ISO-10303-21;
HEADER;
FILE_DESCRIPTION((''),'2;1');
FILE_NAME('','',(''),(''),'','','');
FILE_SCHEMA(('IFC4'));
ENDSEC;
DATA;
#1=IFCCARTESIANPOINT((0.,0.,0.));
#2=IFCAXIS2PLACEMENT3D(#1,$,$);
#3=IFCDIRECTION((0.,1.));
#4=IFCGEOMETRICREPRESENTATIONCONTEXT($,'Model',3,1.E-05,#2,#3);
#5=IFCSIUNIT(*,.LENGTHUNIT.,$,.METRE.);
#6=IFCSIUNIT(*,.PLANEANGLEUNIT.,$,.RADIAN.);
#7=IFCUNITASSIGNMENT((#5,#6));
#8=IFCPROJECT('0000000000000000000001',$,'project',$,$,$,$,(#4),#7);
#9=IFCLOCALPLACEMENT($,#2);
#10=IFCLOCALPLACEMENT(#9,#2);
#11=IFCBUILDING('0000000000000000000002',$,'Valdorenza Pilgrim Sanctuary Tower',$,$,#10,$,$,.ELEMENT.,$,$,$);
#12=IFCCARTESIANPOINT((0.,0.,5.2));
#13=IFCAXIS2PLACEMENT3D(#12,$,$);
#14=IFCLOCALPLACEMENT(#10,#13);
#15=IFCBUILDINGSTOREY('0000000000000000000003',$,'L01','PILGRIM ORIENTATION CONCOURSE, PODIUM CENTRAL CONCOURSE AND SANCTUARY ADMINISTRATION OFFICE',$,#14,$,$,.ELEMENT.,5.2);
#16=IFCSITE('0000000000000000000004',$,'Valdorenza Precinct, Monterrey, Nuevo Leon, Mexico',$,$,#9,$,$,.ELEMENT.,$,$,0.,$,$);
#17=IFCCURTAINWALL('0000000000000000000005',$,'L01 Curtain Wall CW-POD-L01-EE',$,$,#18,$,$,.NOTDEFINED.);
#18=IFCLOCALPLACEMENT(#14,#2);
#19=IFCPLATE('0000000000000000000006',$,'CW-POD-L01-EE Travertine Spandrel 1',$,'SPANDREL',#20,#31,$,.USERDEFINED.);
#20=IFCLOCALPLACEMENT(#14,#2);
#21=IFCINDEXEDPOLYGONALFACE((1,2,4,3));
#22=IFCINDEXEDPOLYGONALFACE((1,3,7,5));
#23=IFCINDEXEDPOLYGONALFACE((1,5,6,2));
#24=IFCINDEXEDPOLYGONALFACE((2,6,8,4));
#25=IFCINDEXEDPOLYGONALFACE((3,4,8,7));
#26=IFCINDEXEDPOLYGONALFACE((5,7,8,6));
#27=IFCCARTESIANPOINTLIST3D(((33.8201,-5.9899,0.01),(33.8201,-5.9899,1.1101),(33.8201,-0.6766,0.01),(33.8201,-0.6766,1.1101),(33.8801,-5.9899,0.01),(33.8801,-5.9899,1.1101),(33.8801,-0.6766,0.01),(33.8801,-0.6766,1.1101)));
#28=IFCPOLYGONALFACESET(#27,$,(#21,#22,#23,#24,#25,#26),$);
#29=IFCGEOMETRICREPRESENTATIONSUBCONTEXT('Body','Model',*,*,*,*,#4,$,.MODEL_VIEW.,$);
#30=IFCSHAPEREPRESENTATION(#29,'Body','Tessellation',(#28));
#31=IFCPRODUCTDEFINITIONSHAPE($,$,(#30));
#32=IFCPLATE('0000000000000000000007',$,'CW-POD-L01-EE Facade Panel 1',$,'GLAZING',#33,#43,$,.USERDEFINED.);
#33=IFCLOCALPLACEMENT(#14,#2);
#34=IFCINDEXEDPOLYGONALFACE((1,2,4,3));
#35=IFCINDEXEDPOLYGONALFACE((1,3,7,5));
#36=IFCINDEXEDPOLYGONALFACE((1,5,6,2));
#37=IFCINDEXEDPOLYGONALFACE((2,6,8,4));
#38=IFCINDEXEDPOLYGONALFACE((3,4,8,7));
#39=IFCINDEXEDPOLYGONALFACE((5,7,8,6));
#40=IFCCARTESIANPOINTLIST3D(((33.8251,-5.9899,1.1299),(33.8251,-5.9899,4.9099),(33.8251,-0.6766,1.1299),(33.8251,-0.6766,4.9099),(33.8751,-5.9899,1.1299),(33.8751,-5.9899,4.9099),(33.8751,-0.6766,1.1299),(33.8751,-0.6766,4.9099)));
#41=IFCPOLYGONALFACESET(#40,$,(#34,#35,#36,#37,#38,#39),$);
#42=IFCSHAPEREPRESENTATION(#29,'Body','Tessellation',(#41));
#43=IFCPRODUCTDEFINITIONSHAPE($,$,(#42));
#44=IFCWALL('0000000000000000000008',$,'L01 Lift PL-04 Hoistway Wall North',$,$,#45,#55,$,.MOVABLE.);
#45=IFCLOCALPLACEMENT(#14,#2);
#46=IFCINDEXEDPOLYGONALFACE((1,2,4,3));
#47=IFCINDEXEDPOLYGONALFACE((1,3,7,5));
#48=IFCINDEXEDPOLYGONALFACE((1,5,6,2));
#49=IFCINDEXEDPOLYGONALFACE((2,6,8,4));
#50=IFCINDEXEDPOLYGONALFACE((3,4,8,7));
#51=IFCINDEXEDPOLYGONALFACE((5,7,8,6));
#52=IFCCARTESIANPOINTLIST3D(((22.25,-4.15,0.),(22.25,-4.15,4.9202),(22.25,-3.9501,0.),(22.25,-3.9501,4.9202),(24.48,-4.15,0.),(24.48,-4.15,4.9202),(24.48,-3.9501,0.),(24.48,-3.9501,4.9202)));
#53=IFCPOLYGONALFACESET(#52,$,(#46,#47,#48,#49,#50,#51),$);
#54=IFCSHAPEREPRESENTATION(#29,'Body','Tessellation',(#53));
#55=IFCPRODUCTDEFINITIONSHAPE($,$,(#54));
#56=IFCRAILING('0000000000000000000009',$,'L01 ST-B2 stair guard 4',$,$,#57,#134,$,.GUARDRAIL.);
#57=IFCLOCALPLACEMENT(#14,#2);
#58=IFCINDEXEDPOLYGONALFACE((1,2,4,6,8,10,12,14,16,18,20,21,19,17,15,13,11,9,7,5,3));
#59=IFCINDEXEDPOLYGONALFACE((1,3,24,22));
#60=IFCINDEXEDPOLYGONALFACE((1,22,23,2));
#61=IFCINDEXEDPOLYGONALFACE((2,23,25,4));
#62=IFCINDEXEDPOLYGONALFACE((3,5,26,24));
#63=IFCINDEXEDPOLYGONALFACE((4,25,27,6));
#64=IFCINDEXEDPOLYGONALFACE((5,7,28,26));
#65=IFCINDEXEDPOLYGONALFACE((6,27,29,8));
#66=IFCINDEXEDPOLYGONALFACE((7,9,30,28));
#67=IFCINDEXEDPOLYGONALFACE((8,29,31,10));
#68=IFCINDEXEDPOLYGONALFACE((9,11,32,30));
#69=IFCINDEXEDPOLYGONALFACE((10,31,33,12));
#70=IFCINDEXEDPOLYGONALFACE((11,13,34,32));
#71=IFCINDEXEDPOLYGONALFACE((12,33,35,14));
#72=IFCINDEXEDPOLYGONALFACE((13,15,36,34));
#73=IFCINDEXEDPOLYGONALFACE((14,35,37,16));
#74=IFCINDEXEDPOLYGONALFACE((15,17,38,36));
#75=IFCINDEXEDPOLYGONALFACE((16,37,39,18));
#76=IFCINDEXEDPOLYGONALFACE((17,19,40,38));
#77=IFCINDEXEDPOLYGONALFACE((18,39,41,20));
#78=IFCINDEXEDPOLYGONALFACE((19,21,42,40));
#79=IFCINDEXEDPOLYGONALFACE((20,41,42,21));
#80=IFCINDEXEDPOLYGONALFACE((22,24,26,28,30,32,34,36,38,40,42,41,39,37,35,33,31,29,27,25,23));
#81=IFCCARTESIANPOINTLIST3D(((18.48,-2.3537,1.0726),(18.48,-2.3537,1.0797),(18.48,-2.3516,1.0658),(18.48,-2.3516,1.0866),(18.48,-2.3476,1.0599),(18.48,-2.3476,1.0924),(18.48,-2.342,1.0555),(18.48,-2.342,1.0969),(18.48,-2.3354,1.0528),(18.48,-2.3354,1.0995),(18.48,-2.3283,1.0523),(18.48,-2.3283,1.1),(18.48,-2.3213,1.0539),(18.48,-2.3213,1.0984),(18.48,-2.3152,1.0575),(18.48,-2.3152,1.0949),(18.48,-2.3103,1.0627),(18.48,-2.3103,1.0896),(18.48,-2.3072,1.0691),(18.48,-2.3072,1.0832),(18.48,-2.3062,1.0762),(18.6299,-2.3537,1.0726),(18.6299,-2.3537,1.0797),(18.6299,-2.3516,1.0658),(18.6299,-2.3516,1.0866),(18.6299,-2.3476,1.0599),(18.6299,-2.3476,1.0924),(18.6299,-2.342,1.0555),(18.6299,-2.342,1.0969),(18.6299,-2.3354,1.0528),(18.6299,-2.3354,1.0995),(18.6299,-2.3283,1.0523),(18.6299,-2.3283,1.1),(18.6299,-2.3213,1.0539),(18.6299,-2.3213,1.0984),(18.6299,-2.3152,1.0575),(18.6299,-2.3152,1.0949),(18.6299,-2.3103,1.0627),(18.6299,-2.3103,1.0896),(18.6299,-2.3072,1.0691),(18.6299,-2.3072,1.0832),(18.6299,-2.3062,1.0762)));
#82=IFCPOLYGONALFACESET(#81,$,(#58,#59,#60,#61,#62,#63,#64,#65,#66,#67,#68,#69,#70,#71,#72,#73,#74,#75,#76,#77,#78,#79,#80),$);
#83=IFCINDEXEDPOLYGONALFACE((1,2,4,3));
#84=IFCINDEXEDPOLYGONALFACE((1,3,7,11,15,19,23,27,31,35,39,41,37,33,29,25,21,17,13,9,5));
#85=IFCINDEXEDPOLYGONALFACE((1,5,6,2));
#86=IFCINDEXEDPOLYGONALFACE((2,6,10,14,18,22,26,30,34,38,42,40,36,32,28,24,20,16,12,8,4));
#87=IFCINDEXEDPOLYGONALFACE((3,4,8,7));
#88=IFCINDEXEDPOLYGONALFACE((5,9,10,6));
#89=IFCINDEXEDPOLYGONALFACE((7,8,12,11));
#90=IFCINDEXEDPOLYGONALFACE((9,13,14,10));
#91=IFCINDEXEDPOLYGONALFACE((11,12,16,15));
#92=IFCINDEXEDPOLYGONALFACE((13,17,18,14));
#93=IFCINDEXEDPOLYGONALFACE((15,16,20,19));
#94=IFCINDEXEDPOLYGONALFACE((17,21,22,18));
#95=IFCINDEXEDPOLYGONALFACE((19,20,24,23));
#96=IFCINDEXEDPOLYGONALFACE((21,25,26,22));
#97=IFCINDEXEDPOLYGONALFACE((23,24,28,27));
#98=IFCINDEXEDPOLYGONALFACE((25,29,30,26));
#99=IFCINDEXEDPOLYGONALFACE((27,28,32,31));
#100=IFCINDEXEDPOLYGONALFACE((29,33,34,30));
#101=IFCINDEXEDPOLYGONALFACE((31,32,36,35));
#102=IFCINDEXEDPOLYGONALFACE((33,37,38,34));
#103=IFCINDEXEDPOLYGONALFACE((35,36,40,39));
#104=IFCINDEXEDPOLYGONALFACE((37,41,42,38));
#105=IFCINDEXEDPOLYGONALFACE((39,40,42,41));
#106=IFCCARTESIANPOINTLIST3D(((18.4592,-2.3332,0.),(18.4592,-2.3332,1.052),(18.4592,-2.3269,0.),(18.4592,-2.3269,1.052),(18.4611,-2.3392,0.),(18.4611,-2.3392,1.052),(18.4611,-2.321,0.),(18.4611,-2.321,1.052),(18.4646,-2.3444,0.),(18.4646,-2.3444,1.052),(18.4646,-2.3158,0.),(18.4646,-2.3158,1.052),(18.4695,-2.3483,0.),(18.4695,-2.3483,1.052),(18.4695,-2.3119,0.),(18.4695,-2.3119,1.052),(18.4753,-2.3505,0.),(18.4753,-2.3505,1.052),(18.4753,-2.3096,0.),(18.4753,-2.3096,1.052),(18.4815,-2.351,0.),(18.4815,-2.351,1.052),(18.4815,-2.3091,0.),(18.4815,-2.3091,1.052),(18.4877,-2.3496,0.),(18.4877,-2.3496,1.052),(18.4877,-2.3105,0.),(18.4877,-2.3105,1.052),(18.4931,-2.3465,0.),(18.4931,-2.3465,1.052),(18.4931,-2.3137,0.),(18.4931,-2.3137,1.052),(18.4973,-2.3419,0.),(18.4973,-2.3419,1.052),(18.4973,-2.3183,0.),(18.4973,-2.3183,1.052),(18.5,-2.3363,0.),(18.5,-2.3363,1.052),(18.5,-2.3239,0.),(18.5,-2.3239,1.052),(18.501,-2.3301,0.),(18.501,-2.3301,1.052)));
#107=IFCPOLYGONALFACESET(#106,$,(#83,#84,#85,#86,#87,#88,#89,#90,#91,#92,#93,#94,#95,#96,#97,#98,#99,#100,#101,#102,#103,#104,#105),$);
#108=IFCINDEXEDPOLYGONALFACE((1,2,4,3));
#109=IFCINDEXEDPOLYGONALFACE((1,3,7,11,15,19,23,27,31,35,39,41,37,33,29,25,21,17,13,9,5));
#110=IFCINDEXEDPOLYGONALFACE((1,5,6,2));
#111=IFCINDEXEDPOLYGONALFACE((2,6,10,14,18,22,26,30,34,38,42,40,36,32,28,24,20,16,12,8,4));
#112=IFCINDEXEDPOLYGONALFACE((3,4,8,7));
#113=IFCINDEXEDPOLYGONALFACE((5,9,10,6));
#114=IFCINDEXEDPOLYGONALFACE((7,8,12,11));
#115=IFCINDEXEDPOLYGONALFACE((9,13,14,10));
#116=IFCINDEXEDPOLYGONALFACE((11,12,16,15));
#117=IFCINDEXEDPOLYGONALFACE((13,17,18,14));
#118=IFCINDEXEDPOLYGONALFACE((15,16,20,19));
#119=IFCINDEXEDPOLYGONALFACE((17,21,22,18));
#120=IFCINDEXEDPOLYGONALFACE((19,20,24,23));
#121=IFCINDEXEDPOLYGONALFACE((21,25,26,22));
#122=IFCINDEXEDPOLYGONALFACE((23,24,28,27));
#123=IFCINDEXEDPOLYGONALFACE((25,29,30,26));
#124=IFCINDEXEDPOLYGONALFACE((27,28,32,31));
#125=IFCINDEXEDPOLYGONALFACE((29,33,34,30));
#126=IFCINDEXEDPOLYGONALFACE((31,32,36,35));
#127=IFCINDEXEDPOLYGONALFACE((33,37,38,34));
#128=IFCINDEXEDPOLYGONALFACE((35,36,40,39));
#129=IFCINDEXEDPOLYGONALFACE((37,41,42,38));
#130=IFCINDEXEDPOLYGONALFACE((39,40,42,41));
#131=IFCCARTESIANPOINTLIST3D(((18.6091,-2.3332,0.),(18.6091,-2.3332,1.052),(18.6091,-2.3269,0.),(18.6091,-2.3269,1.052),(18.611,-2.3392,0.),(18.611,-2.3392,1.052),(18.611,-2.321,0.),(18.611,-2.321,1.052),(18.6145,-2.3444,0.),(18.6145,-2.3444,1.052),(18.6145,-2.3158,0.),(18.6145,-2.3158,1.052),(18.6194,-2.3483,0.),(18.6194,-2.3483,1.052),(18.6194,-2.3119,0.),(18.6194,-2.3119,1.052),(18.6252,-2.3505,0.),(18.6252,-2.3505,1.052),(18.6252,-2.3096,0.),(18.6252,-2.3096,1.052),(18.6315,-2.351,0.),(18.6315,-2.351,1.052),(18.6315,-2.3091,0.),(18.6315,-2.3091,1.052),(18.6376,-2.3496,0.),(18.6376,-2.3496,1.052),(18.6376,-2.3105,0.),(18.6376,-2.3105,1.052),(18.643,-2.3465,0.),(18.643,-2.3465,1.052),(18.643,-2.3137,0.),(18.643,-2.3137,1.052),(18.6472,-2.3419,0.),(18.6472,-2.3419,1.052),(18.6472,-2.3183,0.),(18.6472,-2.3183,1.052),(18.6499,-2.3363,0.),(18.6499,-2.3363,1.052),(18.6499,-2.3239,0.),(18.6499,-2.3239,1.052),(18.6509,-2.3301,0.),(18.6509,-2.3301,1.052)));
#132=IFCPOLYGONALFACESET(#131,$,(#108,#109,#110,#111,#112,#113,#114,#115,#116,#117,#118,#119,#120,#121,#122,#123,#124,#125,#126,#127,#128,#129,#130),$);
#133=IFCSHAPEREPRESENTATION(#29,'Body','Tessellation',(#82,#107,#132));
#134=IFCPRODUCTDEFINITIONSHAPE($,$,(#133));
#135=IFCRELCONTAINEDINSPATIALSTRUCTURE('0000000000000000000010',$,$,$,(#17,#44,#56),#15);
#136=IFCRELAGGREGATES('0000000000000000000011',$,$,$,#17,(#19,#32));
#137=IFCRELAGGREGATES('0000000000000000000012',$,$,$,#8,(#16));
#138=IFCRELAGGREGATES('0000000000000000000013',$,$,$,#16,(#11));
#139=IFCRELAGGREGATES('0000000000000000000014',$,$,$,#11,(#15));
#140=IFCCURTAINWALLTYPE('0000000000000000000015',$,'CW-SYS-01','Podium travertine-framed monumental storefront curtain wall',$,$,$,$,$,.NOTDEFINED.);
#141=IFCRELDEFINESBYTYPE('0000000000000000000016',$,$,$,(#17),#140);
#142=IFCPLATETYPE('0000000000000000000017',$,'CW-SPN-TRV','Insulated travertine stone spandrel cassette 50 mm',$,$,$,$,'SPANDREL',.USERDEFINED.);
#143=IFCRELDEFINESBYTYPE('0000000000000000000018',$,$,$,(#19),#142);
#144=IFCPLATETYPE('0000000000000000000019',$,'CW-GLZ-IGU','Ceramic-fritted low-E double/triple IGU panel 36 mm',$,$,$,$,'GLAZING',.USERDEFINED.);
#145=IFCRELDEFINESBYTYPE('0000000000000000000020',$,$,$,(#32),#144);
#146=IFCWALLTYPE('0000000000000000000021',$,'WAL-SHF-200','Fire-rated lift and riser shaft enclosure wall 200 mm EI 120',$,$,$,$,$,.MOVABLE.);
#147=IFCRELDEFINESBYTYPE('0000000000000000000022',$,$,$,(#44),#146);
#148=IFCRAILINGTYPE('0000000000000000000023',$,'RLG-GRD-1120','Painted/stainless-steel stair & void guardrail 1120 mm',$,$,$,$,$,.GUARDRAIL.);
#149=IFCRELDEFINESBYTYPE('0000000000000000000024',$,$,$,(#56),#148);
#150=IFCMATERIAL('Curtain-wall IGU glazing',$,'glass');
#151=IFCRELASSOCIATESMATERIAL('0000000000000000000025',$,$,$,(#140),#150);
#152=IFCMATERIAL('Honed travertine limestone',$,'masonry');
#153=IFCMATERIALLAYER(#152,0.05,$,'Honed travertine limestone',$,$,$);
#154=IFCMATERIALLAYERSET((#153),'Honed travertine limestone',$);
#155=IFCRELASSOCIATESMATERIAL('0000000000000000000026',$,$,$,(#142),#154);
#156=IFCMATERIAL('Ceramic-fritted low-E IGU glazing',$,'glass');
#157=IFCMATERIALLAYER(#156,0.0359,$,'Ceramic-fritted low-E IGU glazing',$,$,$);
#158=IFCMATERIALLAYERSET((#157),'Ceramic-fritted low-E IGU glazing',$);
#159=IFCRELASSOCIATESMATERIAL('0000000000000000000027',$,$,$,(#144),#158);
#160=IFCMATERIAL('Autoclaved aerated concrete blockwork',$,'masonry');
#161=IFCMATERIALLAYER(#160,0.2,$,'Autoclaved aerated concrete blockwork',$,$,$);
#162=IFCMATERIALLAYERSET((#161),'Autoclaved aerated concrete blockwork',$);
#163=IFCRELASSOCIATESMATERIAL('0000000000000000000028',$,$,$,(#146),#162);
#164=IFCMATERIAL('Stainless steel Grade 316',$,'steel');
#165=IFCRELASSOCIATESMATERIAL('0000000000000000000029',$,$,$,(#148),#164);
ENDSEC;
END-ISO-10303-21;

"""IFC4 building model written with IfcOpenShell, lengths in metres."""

from ifc_helpers import new_model, si_unit, direction, frame, frame_2d, origin, origin_2d, place, context, subcontext, project, spatial, rectangle, circle, extrude, source, transform, mapped, material, layer, layer_set, type_object, element, aggregate, save


model = new_model("IFC4")

# Units and contexts
model_context = context("Model", 3, precision=1e-05, world=origin(), true_north=direction((0.0, 1.0)))
body_context = subcontext(model_context, "Body", "Model", "MODEL_VIEW")
ifc_project = project(units=[si_unit("LENGTHUNIT", "METRE"), si_unit("PLANEANGLEUNIT", "RADIAN")], contexts=[model_context])

# Site, building, storey
site_placement = place(None, origin())
site = spatial("IfcSite", under=ifc_project, at=site_placement, Name="Valdorenza Precinct, Monterrey, Nuevo Leon, Mexico", CompositionType="ELEMENT", RefElevation=0.0)
building_placement = place(site_placement, origin())
building = spatial("IfcBuilding", under=site, at=building_placement, Name="Valdorenza Pilgrim Sanctuary Tower", CompositionType="ELEMENT")
storey_placement = place(building_placement, frame((0.0, 0.0, 5.2)))
storey = spatial("IfcBuildingStorey", under=building, at=storey_placement, Name="L01", Description="PILGRIM ORIENTATION CONCOURSE, PODIUM CENTRAL CONCOURSE AND SANCTUARY ADMINISTRATION OFFICE", CompositionType="ELEMENT", Elevation=5.2)

# Curtain wall, plates
ifc_material_1 = material(Name="Curtain-wall IGU glazing", Category="glass")
curtain_wall_type = type_object("IfcCurtainWallType", Name="CW-SYS-01", Description="Podium travertine-framed monumental storefront curtain wall", PredefinedType="NOTDEFINED", material=ifc_material_1)
curtain_wall_placement = place(storey_placement, origin())
curtain_wall = element("IfcCurtainWall", 1, at=curtain_wall_placement, inside=storey, type_object=curtain_wall_type, Name="L01 Curtain Wall CW-POD-L01-EE", PredefinedType="NOTDEFINED")
ifc_material_2 = material(Name="Honed travertine limestone", Category="masonry")
ifc_layer_1 = layer(ifc_material_2, 0.05, Name="Honed travertine limestone")
ifc_layer_set_1 = layer_set([ifc_layer_1], Name="Honed travertine limestone")
plate_type_1 = type_object("IfcPlateType", Name="CW-SPN-TRV", Description="Insulated travertine stone spandrel cassette 50 mm", ElementType="SPANDREL", PredefinedType="USERDEFINED", material=ifc_layer_set_1)
shared_shape_1 = source(origin(), body_context, "Body", "SweptSolid", [
    extrude(rectangle(XDim=5.3132, YDim=0.0601, at=origin_2d()), origin(), (0.0, 0.0, 1.0), 1.1001),
])
plate_1_placement = place(storey_placement, frame((33.8501, -3.3333, 0.01), z_axis=(0.0, 0.0, 1.0), x_axis=(0.0, 1.0, 0.0)))
plate_1 = element("IfcPlate", 2, at=plate_1_placement, type_object=plate_type_1, Name="CW-POD-L01-EE Travertine Spandrel 1", ObjectType="SPANDREL", PredefinedType="USERDEFINED", context=body_context, shape_type="MappedRepresentation", body=[
    mapped(shared_shape_1, transform((0.0, 0.0, 0.0), x_axis=(1.0, 0.0, 0.0), y_axis=(0.0, 1.0, 0.0), z_axis=(0.0, 0.0, 1.0), scale=1.0)),
])
ifc_material_3 = material(Name="Ceramic-fritted low-E IGU glazing", Category="glass")
ifc_layer_2 = layer(ifc_material_3, 0.0359, Name="Ceramic-fritted low-E IGU glazing")
ifc_layer_set_2 = layer_set([ifc_layer_2], Name="Ceramic-fritted low-E IGU glazing")
plate_type_2 = type_object("IfcPlateType", Name="CW-GLZ-IGU", Description="Ceramic-fritted low-E double/triple IGU panel 36 mm", ElementType="GLAZING", PredefinedType="USERDEFINED", material=ifc_layer_set_2)
shared_shape_2 = source(origin(), body_context, "Body", "SweptSolid", [
    extrude(rectangle(XDim=5.3132, YDim=0.05, at=origin_2d()), origin(), (0.0, 0.0, 1.0), 3.78),
])
plate_2_placement = place(storey_placement, frame((33.8501, -3.3333, 1.1299), z_axis=(0.0, 0.0, 1.0), x_axis=(0.0, 1.0, 0.0)))
plate_2 = element("IfcPlate", 3, at=plate_2_placement, type_object=plate_type_2, Name="CW-POD-L01-EE Facade Panel 1", ObjectType="GLAZING", PredefinedType="USERDEFINED", context=body_context, shape_type="MappedRepresentation", body=[
    mapped(shared_shape_2, transform((0.0, 0.0, 0.0), x_axis=(1.0, 0.0, 0.0), y_axis=(0.0, 1.0, 0.0), z_axis=(0.0, 0.0, 1.0), scale=1.0)),
])
aggregate(curtain_wall, [plate_1, plate_2])

# Wall
ifc_material_4 = material(Name="Autoclaved aerated concrete blockwork", Category="masonry")
ifc_layer_3 = layer(ifc_material_4, 0.2, Name="Autoclaved aerated concrete blockwork")
ifc_layer_set_3 = layer_set([ifc_layer_3], Name="Autoclaved aerated concrete blockwork")
wall_type_1 = type_object("IfcWallType", Name="WAL-SHF-200", Description="Fire-rated lift and riser shaft enclosure wall 200 mm EI 120", PredefinedType="MOVABLE", material=ifc_layer_set_3)
wall_1_placement = place(storey_placement, frame((22.25, -4.05, 0.0), z_axis=(0.0, 0.0, 1.0), x_axis=(1.0, 0.0, 0.0)))
element("IfcWall", 4, at=wall_1_placement, inside=storey, type_object=wall_type_1, Name="L01 Lift PL-04 Hoistway Wall North", PredefinedType="MOVABLE", context=body_context, shape_type="SweptSolid", body=[
    extrude(rectangle(XDim=2.23, YDim=0.2, at=frame_2d((1.115, 0.0))), origin(), (0.0, 0.0, 1.0), 4.9202),
])

# Railing
ifc_material_5 = material(Name="Stainless steel Grade 316", Category="steel")
railing_type = type_object("IfcRailingType", Name="RLG-GRD-1120", Description="Painted/stainless-steel stair & void guardrail 1120 mm", PredefinedType="GUARDRAIL", material=ifc_material_5)
railing_placement = place(storey_placement, frame((18.48, -2.3301, 0.0)))
element("IfcRailing", 5, at=railing_placement, inside=storey, type_object=railing_type, Name="L01 ST-B2 stair guard 4", PredefinedType="GUARDRAIL", context=body_context, shape_type="SweptSolid", body=[
    extrude(circle(Radius=0.0239, at=origin_2d()), frame((0.0, 0.0, 1.0762), z_axis=(1.0, 0.0, 0.0), x_axis=(0.0, 1.0, 0.0)), (0.0, 0.0, 1.0), 0.1499),
    extrude(circle(Radius=0.021, at=origin_2d()), origin(), (0.0, 0.0, 1.0), 1.052),
    extrude(circle(Radius=0.021, at=origin_2d()), frame((0.1499, 0.0, 0.0)), (0.0, 0.0, 1.0), 1.052),
])

save(model, "model.ifc")
